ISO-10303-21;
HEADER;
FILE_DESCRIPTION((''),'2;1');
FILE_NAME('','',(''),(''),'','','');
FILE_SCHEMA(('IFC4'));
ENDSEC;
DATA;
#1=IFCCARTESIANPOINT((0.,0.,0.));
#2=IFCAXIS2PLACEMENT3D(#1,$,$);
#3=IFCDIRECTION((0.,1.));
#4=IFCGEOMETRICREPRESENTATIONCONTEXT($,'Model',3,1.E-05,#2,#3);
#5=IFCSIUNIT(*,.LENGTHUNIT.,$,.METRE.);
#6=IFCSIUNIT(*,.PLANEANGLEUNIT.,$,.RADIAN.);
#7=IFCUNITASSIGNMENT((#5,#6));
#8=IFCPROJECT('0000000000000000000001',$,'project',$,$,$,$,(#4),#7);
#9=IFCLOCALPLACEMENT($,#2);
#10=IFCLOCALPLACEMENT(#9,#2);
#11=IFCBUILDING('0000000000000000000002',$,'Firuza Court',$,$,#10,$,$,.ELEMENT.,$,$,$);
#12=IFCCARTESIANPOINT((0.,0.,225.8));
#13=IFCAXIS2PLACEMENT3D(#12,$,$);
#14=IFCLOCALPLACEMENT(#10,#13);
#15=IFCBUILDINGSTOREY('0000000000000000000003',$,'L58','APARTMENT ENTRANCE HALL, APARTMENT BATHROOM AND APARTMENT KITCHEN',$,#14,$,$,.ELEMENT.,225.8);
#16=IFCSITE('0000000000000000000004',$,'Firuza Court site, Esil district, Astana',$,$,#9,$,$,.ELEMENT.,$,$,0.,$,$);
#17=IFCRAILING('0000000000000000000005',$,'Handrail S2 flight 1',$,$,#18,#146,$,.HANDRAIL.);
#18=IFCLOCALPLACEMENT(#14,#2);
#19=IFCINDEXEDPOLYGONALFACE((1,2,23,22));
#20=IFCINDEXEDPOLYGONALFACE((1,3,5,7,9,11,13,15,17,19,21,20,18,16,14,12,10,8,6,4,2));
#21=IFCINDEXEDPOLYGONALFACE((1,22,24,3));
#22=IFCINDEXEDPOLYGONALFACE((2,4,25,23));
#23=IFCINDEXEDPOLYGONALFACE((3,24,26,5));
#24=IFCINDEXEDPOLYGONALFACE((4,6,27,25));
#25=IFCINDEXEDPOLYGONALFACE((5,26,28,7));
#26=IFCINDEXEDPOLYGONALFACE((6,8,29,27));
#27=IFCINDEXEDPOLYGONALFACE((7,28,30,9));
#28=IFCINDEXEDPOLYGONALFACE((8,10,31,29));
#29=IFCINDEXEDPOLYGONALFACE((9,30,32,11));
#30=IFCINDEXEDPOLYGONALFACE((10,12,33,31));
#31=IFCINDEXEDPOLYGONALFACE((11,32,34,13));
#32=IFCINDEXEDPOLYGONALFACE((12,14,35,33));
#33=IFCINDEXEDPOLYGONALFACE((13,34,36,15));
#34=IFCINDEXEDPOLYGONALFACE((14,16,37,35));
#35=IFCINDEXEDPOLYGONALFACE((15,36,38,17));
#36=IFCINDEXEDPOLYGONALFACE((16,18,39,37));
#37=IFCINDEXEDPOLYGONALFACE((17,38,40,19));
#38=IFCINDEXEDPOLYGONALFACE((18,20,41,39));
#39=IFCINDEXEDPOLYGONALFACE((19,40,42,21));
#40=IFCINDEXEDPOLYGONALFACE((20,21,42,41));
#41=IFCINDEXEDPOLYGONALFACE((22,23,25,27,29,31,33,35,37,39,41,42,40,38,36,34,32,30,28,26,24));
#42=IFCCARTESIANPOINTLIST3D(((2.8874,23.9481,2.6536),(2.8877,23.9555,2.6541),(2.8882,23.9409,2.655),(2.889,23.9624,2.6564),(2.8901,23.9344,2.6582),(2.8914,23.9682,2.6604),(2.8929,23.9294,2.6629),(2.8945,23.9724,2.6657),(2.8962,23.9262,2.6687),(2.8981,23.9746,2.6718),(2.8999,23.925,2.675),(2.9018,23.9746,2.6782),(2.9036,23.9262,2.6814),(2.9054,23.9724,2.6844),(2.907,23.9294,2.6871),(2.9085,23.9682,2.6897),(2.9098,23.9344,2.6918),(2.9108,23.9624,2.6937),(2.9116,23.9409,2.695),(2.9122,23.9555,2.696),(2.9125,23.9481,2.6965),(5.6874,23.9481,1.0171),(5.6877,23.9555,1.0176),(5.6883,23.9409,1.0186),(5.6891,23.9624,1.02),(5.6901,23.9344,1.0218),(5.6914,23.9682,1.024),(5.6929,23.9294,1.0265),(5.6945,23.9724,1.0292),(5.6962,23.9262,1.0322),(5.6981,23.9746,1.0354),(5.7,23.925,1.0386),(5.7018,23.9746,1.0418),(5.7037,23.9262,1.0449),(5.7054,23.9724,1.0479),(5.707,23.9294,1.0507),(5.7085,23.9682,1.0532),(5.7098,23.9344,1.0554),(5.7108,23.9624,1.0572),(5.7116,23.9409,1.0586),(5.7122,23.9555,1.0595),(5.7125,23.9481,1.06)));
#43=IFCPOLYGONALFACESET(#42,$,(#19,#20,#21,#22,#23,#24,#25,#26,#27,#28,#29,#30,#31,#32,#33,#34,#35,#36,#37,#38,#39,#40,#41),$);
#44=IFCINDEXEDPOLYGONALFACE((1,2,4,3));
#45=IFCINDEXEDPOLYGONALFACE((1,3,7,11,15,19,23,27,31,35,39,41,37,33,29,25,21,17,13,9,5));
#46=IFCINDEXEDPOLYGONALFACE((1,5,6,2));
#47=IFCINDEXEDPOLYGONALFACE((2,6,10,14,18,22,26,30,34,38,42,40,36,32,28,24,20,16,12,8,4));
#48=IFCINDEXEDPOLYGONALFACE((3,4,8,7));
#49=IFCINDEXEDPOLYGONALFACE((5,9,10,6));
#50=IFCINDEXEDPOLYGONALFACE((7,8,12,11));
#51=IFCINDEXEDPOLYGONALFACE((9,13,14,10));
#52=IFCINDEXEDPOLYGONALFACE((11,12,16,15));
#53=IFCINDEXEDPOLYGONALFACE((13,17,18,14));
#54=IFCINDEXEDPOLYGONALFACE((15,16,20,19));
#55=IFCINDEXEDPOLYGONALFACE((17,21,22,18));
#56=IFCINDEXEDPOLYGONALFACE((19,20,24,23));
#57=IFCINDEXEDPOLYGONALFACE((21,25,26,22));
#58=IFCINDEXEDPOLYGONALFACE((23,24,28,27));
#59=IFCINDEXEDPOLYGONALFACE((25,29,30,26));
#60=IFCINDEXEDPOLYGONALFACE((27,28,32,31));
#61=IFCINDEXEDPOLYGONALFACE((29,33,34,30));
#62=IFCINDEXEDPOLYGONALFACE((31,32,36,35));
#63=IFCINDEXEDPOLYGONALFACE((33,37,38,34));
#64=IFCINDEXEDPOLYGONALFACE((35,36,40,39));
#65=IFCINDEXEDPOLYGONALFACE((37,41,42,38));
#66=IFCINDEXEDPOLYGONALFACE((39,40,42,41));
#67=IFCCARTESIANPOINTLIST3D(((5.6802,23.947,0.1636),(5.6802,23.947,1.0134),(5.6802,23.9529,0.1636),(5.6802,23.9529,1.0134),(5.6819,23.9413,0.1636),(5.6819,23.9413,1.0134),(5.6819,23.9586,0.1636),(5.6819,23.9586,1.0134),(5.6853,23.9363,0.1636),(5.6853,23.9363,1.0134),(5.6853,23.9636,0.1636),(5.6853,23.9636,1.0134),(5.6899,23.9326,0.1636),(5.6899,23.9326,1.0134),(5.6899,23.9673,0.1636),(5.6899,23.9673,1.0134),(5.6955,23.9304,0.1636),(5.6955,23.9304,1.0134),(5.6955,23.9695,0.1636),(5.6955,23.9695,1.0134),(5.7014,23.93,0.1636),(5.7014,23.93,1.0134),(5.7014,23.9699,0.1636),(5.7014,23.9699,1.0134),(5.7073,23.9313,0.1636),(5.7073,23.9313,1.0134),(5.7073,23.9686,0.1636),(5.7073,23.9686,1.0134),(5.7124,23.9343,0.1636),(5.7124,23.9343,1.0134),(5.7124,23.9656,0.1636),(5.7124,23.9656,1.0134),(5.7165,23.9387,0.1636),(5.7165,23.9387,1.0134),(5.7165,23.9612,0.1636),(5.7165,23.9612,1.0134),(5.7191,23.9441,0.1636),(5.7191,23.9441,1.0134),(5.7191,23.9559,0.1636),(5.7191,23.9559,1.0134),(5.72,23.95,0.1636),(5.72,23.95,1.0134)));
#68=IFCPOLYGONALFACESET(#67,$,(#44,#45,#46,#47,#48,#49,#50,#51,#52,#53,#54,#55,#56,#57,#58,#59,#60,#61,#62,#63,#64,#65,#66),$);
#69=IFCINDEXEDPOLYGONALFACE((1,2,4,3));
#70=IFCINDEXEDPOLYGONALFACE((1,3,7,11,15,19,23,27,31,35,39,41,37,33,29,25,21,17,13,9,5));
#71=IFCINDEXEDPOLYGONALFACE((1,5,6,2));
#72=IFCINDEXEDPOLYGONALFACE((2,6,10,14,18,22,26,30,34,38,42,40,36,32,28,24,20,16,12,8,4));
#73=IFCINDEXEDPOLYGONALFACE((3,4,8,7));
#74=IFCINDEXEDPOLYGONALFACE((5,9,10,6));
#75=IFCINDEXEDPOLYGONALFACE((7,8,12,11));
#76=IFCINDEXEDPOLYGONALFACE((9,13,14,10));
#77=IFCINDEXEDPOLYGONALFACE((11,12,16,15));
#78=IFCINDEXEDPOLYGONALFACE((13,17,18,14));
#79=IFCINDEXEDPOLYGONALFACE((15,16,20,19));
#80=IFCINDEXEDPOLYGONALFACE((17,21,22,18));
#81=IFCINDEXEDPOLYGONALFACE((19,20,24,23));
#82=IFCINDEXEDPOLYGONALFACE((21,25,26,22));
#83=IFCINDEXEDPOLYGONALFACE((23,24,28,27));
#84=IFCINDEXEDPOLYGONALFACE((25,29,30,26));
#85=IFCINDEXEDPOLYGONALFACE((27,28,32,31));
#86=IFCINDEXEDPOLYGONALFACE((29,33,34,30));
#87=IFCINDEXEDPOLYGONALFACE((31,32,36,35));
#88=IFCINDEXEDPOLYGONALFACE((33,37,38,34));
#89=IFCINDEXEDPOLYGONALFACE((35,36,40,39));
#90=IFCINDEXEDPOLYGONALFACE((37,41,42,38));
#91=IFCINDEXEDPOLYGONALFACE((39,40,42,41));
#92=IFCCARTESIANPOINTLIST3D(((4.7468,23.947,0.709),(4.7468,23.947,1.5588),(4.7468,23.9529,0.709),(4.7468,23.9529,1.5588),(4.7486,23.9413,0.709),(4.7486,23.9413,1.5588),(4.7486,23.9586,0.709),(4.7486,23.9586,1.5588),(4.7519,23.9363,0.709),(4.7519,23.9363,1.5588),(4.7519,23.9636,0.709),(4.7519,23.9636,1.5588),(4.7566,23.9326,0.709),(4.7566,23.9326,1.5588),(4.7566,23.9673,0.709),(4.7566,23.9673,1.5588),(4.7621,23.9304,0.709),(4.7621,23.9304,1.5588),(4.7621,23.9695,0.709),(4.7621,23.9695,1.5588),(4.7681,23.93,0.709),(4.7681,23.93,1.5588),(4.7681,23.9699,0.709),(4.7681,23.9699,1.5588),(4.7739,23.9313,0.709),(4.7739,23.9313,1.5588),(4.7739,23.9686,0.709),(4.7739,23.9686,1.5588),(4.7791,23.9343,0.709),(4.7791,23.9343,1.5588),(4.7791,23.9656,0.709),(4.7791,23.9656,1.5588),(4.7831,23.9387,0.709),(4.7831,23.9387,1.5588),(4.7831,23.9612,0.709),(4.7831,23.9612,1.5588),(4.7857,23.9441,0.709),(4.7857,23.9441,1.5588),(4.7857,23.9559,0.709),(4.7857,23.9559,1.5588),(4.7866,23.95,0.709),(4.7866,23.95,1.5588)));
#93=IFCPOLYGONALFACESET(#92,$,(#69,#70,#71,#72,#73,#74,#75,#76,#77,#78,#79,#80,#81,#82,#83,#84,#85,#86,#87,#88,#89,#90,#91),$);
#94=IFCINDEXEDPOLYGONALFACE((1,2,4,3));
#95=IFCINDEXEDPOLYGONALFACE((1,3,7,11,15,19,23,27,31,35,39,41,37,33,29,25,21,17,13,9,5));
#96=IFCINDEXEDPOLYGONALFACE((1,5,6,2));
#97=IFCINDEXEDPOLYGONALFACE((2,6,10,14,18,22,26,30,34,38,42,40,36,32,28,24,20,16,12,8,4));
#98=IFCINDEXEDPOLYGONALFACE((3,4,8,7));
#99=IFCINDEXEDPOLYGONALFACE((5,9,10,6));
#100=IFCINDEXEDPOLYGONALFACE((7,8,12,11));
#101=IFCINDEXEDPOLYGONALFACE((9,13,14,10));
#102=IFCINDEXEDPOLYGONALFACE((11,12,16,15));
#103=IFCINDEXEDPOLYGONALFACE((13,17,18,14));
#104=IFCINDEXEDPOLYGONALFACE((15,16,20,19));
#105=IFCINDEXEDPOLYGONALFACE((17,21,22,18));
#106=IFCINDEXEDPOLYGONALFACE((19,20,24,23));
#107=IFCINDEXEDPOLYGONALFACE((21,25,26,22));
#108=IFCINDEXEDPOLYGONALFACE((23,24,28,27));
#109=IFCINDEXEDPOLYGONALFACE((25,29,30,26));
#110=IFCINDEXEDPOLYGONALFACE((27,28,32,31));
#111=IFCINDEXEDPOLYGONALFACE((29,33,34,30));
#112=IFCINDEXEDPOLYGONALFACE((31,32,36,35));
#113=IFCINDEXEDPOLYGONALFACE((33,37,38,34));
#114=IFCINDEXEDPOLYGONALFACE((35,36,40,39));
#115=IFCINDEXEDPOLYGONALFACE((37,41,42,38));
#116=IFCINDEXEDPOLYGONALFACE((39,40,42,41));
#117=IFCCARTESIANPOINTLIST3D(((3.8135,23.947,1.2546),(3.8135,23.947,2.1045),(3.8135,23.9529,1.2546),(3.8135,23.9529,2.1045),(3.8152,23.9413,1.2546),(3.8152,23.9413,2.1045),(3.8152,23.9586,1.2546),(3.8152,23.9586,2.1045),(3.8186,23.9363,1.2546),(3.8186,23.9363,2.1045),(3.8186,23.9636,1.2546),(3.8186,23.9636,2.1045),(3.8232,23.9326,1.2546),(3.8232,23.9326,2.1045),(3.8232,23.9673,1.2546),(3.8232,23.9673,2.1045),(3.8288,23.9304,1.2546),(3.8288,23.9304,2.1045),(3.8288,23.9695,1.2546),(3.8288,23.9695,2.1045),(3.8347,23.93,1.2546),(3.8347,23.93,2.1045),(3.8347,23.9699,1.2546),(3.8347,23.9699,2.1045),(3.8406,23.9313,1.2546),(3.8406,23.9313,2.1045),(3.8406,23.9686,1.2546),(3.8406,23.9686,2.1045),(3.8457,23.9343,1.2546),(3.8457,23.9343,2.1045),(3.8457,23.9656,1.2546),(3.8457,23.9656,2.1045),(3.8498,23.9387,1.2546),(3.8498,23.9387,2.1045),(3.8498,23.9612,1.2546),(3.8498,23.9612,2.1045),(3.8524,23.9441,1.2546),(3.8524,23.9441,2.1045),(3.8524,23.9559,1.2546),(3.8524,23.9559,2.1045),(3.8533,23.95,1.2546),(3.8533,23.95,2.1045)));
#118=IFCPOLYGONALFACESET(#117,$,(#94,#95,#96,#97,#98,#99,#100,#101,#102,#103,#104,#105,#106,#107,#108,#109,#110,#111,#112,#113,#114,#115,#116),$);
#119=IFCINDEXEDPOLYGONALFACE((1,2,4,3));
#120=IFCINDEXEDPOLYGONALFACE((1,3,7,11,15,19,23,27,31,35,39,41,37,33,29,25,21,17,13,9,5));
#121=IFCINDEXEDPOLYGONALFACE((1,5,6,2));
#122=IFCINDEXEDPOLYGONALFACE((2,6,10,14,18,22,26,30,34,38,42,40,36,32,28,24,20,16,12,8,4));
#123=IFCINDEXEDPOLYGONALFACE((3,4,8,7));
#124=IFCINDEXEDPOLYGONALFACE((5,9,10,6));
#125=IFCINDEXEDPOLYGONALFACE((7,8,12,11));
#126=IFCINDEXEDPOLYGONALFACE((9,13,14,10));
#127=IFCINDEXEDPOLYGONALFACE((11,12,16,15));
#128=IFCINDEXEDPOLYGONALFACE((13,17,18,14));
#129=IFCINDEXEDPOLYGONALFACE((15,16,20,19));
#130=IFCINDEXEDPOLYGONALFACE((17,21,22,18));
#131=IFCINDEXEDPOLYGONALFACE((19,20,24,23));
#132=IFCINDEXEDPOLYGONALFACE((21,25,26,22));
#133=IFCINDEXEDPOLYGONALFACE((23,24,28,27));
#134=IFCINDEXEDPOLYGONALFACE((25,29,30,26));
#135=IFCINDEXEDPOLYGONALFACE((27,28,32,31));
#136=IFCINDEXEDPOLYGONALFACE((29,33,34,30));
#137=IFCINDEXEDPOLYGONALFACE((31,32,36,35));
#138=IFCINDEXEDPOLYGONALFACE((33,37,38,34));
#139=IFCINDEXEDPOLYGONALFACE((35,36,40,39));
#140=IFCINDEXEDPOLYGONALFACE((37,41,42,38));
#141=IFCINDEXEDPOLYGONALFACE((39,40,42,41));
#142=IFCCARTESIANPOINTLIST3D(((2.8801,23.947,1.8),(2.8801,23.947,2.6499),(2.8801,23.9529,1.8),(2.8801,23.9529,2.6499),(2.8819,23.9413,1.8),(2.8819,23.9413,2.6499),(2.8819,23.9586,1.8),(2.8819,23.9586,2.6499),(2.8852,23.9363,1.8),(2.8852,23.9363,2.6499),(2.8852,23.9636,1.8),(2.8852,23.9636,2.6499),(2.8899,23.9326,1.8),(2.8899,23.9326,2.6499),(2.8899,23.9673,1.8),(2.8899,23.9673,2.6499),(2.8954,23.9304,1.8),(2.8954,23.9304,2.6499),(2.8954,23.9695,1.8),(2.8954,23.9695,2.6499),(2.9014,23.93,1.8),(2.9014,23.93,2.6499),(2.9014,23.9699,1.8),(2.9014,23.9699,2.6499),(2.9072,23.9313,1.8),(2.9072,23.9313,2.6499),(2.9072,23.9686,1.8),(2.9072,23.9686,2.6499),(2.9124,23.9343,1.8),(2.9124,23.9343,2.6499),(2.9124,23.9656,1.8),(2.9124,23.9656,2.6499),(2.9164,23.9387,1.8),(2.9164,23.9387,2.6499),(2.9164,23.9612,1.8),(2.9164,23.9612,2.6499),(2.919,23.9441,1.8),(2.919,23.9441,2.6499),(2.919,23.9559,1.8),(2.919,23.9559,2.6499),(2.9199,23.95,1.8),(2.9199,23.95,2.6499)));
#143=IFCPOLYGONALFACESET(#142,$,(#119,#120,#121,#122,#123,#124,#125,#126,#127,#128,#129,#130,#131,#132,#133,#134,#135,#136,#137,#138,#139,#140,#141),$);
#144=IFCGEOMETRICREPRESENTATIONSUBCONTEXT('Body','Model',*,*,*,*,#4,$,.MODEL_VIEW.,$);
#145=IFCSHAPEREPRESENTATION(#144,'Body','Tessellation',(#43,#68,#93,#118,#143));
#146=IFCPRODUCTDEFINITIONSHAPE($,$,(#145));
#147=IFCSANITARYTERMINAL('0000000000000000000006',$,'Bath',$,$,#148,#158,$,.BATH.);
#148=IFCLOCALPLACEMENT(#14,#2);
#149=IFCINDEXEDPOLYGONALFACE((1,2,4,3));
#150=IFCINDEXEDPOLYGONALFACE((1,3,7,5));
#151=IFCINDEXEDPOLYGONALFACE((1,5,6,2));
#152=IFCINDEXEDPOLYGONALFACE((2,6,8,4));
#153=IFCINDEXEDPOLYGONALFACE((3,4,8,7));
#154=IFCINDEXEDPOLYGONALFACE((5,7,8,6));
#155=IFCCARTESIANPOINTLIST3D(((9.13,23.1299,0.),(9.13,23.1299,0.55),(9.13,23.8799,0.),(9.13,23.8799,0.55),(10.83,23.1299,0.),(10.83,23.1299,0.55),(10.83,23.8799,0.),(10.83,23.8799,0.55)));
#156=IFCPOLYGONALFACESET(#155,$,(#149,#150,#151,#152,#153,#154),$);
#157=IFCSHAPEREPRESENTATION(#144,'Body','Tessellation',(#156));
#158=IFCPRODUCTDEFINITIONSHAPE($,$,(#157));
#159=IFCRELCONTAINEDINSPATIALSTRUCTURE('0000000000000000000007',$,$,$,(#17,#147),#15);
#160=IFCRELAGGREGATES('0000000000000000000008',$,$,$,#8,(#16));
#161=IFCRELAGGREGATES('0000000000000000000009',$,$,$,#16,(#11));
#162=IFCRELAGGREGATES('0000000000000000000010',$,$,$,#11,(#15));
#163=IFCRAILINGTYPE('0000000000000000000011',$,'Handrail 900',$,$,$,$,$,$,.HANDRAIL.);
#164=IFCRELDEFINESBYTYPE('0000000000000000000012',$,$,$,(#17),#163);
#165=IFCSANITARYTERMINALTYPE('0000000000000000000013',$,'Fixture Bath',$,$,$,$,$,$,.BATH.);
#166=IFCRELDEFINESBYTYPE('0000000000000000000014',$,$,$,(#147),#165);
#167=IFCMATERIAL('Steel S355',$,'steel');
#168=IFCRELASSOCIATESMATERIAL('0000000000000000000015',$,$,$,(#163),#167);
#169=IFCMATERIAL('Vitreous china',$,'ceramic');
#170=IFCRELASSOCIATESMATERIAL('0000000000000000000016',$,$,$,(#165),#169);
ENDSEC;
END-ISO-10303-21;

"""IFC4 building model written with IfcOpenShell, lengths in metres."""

from ifc_helpers import new_model, si_unit, direction, frame, origin, origin_2d, place, context, subcontext, project, spatial, rectangle, circle, extrude, material, type_object, element, save


model = new_model("IFC4")

# Units and contexts
model_context = context("Model", 3, precision=1e-05, world=origin(), true_north=direction((0.0, 1.0)))
body_context = subcontext(model_context, "Body", "Model", "MODEL_VIEW")
ifc_project = project(units=[si_unit("LENGTHUNIT", "METRE"), si_unit("PLANEANGLEUNIT", "RADIAN")], contexts=[model_context])

# Site, building, storey
site_placement = place(None, origin())
site = spatial("IfcSite", under=ifc_project, at=site_placement, Name="Firuza Court site, Esil district, Astana", CompositionType="ELEMENT", RefElevation=0.0)
building_placement = place(site_placement, origin())
building = spatial("IfcBuilding", under=site, at=building_placement, Name="Firuza Court", CompositionType="ELEMENT")
storey_placement = place(building_placement, frame((0.0, 0.0, 225.8)))
storey = spatial("IfcBuildingStorey", under=building, at=storey_placement, Name="L58", Description="APARTMENT ENTRANCE HALL, APARTMENT BATHROOM AND APARTMENT KITCHEN", CompositionType="ELEMENT", Elevation=225.8)

# Railing
ifc_material_1 = material(Name="Steel S355", Category="steel")
railing_type_1 = type_object("IfcRailingType", Name="Handrail 900", PredefinedType="HANDRAIL", material=ifc_material_1)
railing_1_placement = place(storey_placement, frame((5.7, 23.95, 0.1636)))
element("IfcRailing", 1, at=railing_1_placement, inside=storey, type_object=railing_type_1, Name="Handrail S2 flight 1", PredefinedType="HANDRAIL", context=body_context, shape_type="SweptSolid", body=[
    extrude(circle(Radius=0.0249, at=origin_2d()), frame((0.0, 0.0, 0.875), z_axis=(-0.863361, 0.0, 0.504587), x_axis=(0.0, -1.0, 0.0)), (0.0, 0.0, 1.0), 3.2432),
    extrude(circle(Radius=0.02, at=origin_2d()), origin(), (0.0, 0.0, 1.0), 0.8499),
    extrude(circle(Radius=0.02, at=origin_2d()), frame((-0.9333, 0.0, 0.5454)), (0.0, 0.0, 1.0), 0.8499),
    extrude(circle(Radius=0.02, at=origin_2d()), frame((-1.8667, 0.0, 1.0911)), (0.0, 0.0, 1.0), 0.8499),
    extrude(circle(Radius=0.02, at=origin_2d()), frame((-2.8, 0.0, 1.6365)), (0.0, 0.0, 1.0), 0.8499),
])

# Sanitary terminal
ifc_material_2 = material(Name="Vitreous china", Category="ceramic")
sanitary_terminal_type = type_object("IfcSanitaryTerminalType", Name="Fixture Bath", PredefinedType="BATH", material=ifc_material_2)
sanitary_terminal_placement = place(storey_placement, frame((9.98, 23.5049, 0.0), z_axis=(0.0, 0.0, 1.0), x_axis=(1.0, 0.0, 0.0)))
element("IfcSanitaryTerminal", 2, at=sanitary_terminal_placement, inside=storey, type_object=sanitary_terminal_type, Name="Bath", PredefinedType="BATH", context=body_context, shape_type="SweptSolid", body=[
    extrude(rectangle(XDim=1.7, YDim=0.75, at=origin_2d()), origin(), (0.0, 0.0, 1.0), 0.55),
])

save(model, "model.ifc")
